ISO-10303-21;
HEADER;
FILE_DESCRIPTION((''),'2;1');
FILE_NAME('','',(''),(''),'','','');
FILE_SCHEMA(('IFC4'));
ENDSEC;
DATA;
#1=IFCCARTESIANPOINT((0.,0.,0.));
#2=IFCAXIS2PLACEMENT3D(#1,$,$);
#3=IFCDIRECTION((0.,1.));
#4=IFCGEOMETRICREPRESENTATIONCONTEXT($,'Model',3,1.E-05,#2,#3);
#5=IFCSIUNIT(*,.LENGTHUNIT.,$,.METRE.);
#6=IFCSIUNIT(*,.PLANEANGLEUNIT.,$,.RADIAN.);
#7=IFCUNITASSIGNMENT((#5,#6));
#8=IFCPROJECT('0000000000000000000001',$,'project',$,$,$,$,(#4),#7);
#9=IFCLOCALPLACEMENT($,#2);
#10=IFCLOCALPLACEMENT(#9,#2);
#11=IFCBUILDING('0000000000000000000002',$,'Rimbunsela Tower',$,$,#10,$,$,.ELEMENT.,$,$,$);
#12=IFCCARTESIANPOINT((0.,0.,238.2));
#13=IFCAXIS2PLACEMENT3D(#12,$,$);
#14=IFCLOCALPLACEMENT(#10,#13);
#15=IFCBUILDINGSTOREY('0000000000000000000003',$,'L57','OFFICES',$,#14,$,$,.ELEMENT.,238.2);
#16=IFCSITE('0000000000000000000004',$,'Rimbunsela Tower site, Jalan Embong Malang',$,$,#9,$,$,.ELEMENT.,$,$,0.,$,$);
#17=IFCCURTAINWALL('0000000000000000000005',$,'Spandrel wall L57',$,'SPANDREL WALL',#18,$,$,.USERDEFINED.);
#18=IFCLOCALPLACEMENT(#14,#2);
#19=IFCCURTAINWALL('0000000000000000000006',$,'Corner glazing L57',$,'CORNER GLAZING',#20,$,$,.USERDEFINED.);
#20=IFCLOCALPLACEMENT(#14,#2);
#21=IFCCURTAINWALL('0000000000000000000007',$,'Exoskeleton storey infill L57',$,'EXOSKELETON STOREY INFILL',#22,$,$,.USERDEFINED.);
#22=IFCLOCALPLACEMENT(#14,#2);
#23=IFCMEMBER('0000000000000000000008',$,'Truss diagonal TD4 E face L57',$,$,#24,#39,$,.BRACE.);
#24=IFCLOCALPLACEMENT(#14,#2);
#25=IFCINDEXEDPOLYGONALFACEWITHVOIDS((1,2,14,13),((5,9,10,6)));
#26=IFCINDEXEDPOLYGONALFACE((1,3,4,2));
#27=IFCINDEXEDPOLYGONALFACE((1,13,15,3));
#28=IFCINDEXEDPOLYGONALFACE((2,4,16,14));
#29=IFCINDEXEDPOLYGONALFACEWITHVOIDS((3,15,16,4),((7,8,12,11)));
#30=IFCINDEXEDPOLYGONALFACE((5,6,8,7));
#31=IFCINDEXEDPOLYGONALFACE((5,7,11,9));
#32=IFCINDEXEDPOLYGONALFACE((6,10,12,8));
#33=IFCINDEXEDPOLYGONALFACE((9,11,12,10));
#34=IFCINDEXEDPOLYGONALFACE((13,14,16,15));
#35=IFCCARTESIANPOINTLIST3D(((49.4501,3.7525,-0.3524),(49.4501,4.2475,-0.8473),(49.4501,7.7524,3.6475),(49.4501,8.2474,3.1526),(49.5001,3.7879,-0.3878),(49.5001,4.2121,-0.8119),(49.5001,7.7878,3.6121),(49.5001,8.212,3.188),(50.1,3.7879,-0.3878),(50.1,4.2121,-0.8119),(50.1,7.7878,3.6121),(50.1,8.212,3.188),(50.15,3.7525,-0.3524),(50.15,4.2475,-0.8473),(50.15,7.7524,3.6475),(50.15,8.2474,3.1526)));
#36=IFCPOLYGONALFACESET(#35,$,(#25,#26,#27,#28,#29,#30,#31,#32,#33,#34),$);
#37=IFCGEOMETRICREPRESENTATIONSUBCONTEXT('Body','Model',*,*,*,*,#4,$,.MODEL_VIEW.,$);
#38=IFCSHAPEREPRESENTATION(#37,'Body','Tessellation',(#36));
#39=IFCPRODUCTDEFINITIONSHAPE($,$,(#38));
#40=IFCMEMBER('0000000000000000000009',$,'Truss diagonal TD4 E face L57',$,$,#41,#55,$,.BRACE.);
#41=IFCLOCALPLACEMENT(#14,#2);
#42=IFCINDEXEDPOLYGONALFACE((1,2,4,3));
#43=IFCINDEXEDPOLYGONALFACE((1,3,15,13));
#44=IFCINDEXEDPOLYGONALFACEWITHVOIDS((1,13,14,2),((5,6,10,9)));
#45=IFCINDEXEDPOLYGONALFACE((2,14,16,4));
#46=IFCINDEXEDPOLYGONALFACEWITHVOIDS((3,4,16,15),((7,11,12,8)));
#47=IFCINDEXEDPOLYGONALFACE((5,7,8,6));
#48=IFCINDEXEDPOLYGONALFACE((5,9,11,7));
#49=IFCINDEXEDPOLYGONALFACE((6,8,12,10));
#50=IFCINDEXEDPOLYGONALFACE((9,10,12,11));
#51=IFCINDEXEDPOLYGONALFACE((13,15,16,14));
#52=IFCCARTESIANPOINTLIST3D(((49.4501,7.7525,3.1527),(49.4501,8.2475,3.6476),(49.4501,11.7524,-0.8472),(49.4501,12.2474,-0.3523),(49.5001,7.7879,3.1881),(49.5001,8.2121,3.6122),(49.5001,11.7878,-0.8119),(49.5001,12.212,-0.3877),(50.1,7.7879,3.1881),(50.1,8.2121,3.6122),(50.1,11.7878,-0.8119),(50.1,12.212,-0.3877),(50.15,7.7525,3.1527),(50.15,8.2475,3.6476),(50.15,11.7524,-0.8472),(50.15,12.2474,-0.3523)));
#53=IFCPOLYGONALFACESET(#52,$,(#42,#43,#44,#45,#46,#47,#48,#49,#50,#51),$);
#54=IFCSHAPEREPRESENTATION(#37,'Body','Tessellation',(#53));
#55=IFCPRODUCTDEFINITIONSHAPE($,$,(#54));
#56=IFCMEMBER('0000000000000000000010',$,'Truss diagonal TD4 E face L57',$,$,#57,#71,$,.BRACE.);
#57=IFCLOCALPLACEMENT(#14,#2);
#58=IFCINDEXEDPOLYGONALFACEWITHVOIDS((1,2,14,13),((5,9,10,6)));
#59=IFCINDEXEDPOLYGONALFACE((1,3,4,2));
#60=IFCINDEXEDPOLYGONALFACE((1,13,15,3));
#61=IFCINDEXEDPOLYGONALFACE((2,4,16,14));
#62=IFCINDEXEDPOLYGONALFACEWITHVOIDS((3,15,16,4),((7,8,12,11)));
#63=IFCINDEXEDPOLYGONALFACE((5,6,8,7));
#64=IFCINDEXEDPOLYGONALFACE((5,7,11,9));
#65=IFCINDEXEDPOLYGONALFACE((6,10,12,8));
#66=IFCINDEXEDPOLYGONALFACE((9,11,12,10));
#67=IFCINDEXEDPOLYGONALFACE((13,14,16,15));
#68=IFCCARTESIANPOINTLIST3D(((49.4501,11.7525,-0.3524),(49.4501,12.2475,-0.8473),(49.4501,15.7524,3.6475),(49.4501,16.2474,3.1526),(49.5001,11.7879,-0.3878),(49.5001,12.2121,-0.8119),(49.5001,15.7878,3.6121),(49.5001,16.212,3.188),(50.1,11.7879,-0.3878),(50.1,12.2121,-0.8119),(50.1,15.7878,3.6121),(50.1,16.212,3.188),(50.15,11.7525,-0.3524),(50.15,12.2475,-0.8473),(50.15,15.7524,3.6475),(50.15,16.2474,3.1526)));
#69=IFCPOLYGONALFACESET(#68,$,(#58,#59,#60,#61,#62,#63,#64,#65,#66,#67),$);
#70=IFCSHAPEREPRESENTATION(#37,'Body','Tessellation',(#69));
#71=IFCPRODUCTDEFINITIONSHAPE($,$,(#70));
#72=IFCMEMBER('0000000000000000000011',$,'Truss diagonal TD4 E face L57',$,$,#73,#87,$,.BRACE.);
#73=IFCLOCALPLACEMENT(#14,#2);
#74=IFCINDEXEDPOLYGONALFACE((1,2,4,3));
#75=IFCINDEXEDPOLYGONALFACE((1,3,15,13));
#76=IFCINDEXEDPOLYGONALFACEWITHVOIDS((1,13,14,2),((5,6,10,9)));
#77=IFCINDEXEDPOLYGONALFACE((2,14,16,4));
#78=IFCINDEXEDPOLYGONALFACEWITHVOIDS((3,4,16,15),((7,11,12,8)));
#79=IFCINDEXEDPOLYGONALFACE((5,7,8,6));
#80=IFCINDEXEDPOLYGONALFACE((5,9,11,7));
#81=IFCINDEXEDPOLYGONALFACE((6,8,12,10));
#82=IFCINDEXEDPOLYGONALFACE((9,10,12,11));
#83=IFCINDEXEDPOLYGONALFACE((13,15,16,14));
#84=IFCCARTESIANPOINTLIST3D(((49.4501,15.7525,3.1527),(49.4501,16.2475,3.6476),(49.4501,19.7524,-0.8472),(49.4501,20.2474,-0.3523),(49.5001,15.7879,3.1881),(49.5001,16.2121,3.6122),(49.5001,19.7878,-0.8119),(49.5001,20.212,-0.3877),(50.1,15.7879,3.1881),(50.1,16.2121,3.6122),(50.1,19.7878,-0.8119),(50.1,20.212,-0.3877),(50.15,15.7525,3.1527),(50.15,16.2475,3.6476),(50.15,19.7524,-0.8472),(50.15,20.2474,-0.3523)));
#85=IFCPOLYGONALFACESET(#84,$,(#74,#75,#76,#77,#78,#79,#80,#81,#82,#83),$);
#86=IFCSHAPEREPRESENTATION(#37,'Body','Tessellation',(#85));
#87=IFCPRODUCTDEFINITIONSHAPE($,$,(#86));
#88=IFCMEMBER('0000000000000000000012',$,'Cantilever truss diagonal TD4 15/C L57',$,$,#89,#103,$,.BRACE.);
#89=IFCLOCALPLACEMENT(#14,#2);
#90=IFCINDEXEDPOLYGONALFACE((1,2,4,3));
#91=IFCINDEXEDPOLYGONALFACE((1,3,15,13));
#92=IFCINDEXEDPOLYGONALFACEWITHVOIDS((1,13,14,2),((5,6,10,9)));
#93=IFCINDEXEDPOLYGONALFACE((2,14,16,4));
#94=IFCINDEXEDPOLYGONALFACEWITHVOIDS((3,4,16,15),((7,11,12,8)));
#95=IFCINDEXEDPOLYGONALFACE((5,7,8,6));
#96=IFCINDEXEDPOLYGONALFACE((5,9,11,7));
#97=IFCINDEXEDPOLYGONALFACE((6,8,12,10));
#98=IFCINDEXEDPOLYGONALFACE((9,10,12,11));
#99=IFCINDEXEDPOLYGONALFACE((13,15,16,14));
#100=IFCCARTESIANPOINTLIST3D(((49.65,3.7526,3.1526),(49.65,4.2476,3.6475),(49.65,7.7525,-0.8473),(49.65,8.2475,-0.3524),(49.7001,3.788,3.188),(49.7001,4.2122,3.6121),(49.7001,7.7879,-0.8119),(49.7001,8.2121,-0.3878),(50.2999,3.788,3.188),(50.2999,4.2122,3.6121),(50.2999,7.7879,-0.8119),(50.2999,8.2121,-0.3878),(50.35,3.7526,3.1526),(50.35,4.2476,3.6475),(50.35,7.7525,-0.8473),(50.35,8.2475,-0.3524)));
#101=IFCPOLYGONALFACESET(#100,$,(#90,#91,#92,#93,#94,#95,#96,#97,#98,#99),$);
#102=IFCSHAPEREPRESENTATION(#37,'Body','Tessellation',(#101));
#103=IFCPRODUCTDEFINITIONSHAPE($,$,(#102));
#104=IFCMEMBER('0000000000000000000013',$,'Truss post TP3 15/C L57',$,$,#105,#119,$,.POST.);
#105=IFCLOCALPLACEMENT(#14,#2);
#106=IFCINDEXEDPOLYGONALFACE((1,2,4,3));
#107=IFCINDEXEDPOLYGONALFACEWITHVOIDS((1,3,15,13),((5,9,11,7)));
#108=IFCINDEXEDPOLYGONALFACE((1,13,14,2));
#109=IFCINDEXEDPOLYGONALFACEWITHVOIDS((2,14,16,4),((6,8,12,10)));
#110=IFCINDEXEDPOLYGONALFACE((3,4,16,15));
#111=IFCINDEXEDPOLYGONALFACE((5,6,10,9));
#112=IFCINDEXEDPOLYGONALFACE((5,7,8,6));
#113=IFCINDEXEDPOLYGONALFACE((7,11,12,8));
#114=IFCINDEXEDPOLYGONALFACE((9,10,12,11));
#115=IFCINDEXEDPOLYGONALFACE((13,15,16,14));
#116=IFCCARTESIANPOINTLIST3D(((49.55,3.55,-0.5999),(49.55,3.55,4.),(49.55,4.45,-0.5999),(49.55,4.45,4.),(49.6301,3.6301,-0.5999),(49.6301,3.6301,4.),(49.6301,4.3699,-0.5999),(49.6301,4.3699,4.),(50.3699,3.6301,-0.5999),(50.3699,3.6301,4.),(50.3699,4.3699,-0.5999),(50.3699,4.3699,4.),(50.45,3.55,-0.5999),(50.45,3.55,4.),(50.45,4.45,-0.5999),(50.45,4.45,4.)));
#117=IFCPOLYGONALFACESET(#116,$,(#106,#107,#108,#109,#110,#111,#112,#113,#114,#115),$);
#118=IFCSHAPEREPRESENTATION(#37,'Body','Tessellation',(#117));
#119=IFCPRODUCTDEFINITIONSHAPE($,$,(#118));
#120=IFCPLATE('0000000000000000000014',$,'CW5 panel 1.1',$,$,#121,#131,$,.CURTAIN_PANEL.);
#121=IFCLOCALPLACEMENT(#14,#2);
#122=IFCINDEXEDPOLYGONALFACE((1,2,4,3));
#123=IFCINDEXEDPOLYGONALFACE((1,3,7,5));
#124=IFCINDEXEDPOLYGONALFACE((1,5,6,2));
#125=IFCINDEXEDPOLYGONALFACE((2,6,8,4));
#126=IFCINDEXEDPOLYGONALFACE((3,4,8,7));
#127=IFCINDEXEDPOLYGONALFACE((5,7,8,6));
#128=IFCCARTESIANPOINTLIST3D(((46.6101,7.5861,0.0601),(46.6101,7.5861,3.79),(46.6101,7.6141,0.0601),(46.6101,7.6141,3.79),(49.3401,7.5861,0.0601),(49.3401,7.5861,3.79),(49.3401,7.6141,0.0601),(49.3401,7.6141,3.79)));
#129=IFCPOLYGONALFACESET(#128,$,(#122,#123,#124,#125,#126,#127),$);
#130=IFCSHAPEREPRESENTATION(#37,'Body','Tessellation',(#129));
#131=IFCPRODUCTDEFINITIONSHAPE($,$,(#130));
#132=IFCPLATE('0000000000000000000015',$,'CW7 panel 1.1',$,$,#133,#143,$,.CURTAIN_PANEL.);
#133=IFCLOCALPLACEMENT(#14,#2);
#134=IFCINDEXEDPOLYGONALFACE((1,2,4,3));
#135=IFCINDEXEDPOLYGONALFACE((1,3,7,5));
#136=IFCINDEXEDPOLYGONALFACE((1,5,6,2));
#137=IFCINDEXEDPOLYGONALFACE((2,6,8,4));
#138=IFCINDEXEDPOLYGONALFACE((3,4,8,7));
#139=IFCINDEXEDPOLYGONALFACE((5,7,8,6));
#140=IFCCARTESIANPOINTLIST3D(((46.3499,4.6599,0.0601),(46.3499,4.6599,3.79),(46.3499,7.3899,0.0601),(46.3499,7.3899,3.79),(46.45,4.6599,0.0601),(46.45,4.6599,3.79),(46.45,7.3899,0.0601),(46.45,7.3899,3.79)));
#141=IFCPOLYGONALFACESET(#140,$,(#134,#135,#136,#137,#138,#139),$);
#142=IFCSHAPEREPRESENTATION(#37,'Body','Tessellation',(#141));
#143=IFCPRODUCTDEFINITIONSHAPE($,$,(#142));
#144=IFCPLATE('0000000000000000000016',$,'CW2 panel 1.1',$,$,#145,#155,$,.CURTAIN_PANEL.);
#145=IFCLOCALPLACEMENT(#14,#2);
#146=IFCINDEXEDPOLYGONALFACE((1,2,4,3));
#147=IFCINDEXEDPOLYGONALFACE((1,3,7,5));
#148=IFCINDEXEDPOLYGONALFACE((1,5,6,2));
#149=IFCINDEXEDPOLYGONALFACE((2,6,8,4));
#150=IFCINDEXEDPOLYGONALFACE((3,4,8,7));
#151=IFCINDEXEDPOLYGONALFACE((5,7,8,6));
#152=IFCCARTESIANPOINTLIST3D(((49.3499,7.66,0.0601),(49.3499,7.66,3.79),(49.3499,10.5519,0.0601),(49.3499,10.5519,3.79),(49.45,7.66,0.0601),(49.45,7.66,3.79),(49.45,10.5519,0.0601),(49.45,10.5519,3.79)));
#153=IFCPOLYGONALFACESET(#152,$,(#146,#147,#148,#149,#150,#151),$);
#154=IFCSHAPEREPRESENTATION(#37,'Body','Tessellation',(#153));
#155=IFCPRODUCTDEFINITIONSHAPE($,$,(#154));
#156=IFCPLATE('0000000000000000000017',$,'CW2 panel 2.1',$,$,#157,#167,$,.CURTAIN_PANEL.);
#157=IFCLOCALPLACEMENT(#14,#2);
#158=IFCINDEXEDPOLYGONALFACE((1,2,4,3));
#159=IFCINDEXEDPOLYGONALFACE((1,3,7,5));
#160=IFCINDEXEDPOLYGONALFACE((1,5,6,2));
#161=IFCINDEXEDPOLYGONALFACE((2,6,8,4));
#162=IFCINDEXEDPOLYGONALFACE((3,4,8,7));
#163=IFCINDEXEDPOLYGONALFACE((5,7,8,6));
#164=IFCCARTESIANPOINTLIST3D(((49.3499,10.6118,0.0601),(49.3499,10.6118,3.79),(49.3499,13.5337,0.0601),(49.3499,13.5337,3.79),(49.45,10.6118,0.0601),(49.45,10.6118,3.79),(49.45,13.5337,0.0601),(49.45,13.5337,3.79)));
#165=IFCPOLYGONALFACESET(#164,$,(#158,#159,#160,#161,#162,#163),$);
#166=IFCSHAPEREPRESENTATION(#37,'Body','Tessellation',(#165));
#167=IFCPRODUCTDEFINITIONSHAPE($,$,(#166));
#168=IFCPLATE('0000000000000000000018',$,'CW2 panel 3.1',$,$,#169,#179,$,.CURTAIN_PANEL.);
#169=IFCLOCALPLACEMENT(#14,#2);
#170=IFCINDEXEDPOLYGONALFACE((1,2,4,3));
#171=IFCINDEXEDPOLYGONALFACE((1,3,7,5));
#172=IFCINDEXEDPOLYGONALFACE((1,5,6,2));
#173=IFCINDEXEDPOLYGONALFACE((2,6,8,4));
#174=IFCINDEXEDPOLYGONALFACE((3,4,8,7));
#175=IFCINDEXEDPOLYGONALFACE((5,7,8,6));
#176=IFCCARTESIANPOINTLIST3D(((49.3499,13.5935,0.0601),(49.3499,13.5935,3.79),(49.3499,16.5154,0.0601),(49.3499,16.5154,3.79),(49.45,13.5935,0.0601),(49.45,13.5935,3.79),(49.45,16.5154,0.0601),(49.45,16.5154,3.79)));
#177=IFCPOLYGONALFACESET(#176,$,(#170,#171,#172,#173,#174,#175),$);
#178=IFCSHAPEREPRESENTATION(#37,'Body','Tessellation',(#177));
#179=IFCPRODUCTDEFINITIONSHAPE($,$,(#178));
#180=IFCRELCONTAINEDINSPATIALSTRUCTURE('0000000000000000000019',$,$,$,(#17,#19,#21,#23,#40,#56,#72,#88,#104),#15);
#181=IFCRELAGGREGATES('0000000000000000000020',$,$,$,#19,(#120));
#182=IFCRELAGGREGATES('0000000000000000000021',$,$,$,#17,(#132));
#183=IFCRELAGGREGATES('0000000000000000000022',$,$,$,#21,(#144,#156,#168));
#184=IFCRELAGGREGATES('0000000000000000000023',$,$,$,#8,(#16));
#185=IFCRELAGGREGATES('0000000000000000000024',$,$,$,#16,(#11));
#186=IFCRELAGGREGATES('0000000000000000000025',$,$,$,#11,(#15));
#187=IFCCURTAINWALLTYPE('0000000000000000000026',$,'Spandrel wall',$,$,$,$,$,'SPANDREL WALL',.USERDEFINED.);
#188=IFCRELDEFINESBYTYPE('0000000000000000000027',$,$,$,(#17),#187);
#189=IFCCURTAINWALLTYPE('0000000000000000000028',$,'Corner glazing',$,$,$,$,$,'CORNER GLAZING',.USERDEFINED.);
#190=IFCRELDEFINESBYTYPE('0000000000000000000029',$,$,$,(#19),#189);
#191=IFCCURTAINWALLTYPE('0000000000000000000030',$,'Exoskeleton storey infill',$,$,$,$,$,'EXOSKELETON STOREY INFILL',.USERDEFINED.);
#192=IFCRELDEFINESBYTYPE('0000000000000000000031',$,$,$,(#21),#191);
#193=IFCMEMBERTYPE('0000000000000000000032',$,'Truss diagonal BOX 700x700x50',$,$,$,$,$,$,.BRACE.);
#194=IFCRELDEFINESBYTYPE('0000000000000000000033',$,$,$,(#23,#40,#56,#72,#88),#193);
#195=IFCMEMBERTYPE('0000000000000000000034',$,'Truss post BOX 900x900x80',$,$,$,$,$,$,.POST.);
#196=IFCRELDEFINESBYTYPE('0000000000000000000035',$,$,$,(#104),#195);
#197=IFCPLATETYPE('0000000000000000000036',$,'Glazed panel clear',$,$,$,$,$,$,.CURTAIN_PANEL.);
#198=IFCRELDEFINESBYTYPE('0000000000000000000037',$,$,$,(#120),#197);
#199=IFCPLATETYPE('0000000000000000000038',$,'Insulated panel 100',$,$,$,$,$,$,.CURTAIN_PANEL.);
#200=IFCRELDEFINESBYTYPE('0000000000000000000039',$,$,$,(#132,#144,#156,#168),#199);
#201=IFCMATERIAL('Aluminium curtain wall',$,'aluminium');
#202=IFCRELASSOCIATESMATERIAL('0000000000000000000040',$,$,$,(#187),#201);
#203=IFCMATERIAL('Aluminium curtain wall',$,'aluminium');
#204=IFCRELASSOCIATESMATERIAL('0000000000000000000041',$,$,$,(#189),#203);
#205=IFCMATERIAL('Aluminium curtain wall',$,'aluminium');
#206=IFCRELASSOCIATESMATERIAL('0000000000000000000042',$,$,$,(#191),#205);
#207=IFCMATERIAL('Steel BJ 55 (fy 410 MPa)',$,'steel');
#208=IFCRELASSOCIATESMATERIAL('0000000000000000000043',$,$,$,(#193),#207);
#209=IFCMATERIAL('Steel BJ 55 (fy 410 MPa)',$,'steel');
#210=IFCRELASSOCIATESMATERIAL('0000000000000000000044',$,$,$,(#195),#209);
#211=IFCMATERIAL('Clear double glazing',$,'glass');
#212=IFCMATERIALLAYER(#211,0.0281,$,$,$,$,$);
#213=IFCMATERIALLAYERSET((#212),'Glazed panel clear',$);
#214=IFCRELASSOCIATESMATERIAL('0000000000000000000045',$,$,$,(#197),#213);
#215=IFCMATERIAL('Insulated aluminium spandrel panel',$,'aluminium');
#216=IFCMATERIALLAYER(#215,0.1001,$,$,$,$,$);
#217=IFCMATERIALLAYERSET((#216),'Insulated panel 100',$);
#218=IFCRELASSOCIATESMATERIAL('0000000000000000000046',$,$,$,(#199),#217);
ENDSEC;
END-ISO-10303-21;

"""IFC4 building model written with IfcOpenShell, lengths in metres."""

from ifc_helpers import new_model, si_unit, direction, frame, origin, origin_2d, place, context, subcontext, project, spatial, rectangle, hollow_rectangle, extrude, material, layer, layer_set, material_profile, profile_set, type_object, element, aggregate, save


model = new_model("IFC4")

# Units and contexts
model_context = context("Model", 3, precision=1e-05, world=origin(), true_north=direction((0.0, 1.0)))
body_context = subcontext(model_context, "Body", "Model", "MODEL_VIEW")
ifc_project = project(units=[si_unit("LENGTHUNIT", "METRE"), si_unit("PLANEANGLEUNIT", "RADIAN")], contexts=[model_context])

# Site, building, storey
site_placement = place(None, origin())
site = spatial("IfcSite", under=ifc_project, at=site_placement, Name="Rimbunsela Tower site, Jalan Embong Malang", CompositionType="ELEMENT", RefElevation=0.0)
building_placement = place(site_placement, origin())
building = spatial("IfcBuilding", under=site, at=building_placement, Name="Rimbunsela Tower", CompositionType="ELEMENT")
storey_placement = place(building_placement, frame((0.0, 0.0, 238.2)))
storey = spatial("IfcBuildingStorey", under=building, at=storey_placement, Name="L57", Description="OFFICES", CompositionType="ELEMENT", Elevation=238.2)

# Curtain wall
ifc_material_1 = material(Name="Aluminium curtain wall", Category="aluminium")
curtain_wall_type_1 = type_object("IfcCurtainWallType", Name="Spandrel wall", ElementType="SPANDREL WALL", PredefinedType="USERDEFINED", material=ifc_material_1)
curtain_wall_1_placement = place(storey_placement, origin())
curtain_wall_1 = element("IfcCurtainWall", 1, at=curtain_wall_1_placement, inside=storey, type_object=curtain_wall_type_1, Name="Spandrel wall L57", ObjectType="SPANDREL WALL", PredefinedType="USERDEFINED")

# Curtain walls
ifc_material_2 = material(Name="Aluminium curtain wall", Category="aluminium")
curtain_wall_type_2 = type_object("IfcCurtainWallType", Name="Corner glazing", ElementType="CORNER GLAZING", PredefinedType="USERDEFINED", material=ifc_material_2)
curtain_wall_2_placement = place(storey_placement, origin())
curtain_wall_2 = element("IfcCurtainWall", 2, at=curtain_wall_2_placement, inside=storey, type_object=curtain_wall_type_2, Name="Corner glazing L57", ObjectType="CORNER GLAZING", PredefinedType="USERDEFINED")
ifc_material_3 = material(Name="Aluminium curtain wall", Category="aluminium")
curtain_wall_type_3 = type_object("IfcCurtainWallType", Name="Exoskeleton storey infill", ElementType="EXOSKELETON STOREY INFILL", PredefinedType="USERDEFINED", material=ifc_material_3)
curtain_wall_3_placement = place(storey_placement, origin())
curtain_wall_3 = element("IfcCurtainWall", 3, at=curtain_wall_3_placement, inside=storey, type_object=curtain_wall_type_3, Name="Exoskeleton storey infill L57", ObjectType="EXOSKELETON STOREY INFILL", PredefinedType="USERDEFINED")

# Members
ifc_material_4 = material(Name="Steel BJ 55 (fy 410 MPa)", Category="steel")
ifc_material_profile_1 = material_profile(ifc_material_4, hollow_rectangle(XDim=0.7, YDim=0.7, WallThickness=0.05, at=origin_2d()), Name="BOX 700x700x50")
ifc_profile_set_1 = profile_set([ifc_material_profile_1], Name="Steel BJ 55 (fy 410 MPa)")
member_type_1 = type_object("IfcMemberType", Name="Truss diagonal BOX 700x700x50", PredefinedType="BRACE", material=ifc_profile_set_1)
for number, where, z_axis, x_axis, name in (
    (4, (49.8, 4.0, -0.5999), (0.0, 0.707107, 0.707107), (-1.0, 0.0, 0.0), "Truss diagonal TD4 E face L57"),
    (5, (49.8, 8.0, 3.4001), (0.0, 0.707107, -0.707107), (-1.0, 0.0, 0.0), "Truss diagonal TD4 E face L57"),
    (6, (49.8, 12.0, -0.5999), (0.0, 0.707107, 0.707107), (-1.0, 0.0, 0.0), "Truss diagonal TD4 E face L57"),
    (7, (49.8, 16.0, 3.4001), (0.0, 0.707107, -0.707107), (-1.0, 0.0, 0.0), "Truss diagonal TD4 E face L57"),
    (8, (50.0, 8.0, -0.5999), (0.0, -0.707107, 0.707107), (1.0, 0.0, 0.0), "Cantilever truss diagonal TD4 15/C L57"),
):
    element("IfcMember", number, at=place(storey_placement, frame(where, z_axis=z_axis, x_axis=x_axis)), inside=storey, type_object=member_type_1, Name=name, PredefinedType="BRACE", context=body_context, shape_type="SweptSolid", body=[
        extrude(hollow_rectangle(XDim=0.7, YDim=0.7, WallThickness=0.05, at=origin_2d()), origin(), (0.0, 0.0, 1.0), 5.6567),
    ])
ifc_material_5 = material(Name="Steel BJ 55 (fy 410 MPa)", Category="steel")
ifc_material_profile_2 = material_profile(ifc_material_5, hollow_rectangle(XDim=0.8999, YDim=0.8999, WallThickness=0.0801, at=origin_2d()), Name="BOX 900x900x80")
ifc_profile_set_2 = profile_set([ifc_material_profile_2], Name="Steel BJ 55 (fy 410 MPa)")
member_type_2 = type_object("IfcMemberType", Name="Truss post BOX 900x900x80", PredefinedType="POST", material=ifc_profile_set_2)
member_1_placement = place(storey_placement, frame((50.0, 4.0, -0.5999), z_axis=(0.0, 0.0, 1.0), x_axis=(1.0, 0.0, 0.0)))
element("IfcMember", 9, at=member_1_placement, inside=storey, type_object=member_type_2, Name="Truss post TP3 15/C L57", PredefinedType="POST", context=body_context, shape_type="SweptSolid", body=[
    extrude(hollow_rectangle(XDim=0.8999, YDim=0.8999, WallThickness=0.0801, at=origin_2d()), origin(), (0.0, 0.0, 1.0), 4.5999),
])

# Plates
ifc_material_6 = material(Name="Clear double glazing", Category="glass")
ifc_layer_1 = layer(ifc_material_6, 0.0281)
ifc_layer_set_1 = layer_set([ifc_layer_1], Name="Glazed panel clear")
plate_type_1 = type_object("IfcPlateType", Name="Glazed panel clear", PredefinedType="CURTAIN_PANEL", material=ifc_layer_set_1)
plate_1_placement = place(storey_placement, frame((47.9751, 7.6001, 0.0601), z_axis=(0.0, 0.0, 1.0), x_axis=(1.0, 0.0, 0.0)))
plate_1 = element("IfcPlate", 10, at=plate_1_placement, type_object=plate_type_1, Name="CW5 panel 1.1", PredefinedType="CURTAIN_PANEL", context=body_context, shape_type="SweptSolid", body=[
    extrude(rectangle(XDim=2.73, YDim=0.0281, at=origin_2d()), origin(), (0.0, 0.0, 1.0), 3.73),
])
aggregate(curtain_wall_2, [plate_1])
ifc_material_7 = material(Name="Insulated aluminium spandrel panel", Category="aluminium")
ifc_layer_2 = layer(ifc_material_7, 0.1001)
ifc_layer_set_2 = layer_set([ifc_layer_2], Name="Insulated panel 100")
plate_type_2 = type_object("IfcPlateType", Name="Insulated panel 100", PredefinedType="CURTAIN_PANEL", material=ifc_layer_set_2)
plate_2_placement = place(storey_placement, frame((46.3999, 6.0249, 0.0601), z_axis=(0.0, 0.0, 1.0), x_axis=(0.0, 1.0, 0.0)))
plate_2 = element("IfcPlate", 11, at=plate_2_placement, type_object=plate_type_2, Name="CW7 panel 1.1", PredefinedType="CURTAIN_PANEL", context=body_context, shape_type="SweptSolid", body=[
    extrude(rectangle(XDim=2.73, YDim=0.1001, at=origin_2d()), origin(), (0.0, 0.0, 1.0), 3.73),
])
aggregate(curtain_wall_1, [plate_2])
plate_3_placement = place(storey_placement, frame((49.3999, 9.106, 0.0601), z_axis=(0.0, 0.0, 1.0), x_axis=(0.0, 1.0, 0.0)))
plate_3 = element("IfcPlate", 12, at=plate_3_placement, type_object=plate_type_2, Name="CW2 panel 1.1", PredefinedType="CURTAIN_PANEL", context=body_context, shape_type="SweptSolid", body=[
    extrude(rectangle(XDim=2.8918, YDim=0.1001, at=origin_2d()), origin(), (0.0, 0.0, 1.0), 3.73),
])
plate_4_placement = place(storey_placement, frame((49.3999, 12.0728, 0.0601), z_axis=(0.0, 0.0, 1.0), x_axis=(0.0, 1.0, 0.0)))
plate_4 = element("IfcPlate", 13, at=plate_4_placement, type_object=plate_type_2, Name="CW2 panel 2.1", PredefinedType="CURTAIN_PANEL", context=body_context, shape_type="SweptSolid", body=[
    extrude(rectangle(XDim=2.9219, YDim=0.1001, at=origin_2d()), origin(), (0.0, 0.0, 1.0), 3.73),
])
plate_5_placement = place(storey_placement, frame((49.3999, 15.0544, 0.0601), z_axis=(0.0, 0.0, 1.0), x_axis=(0.0, 1.0, 0.0)))
plate_5 = element("IfcPlate", 14, at=plate_5_placement, type_object=plate_type_2, Name="CW2 panel 3.1", PredefinedType="CURTAIN_PANEL", context=body_context, shape_type="SweptSolid", body=[
    extrude(rectangle(XDim=2.9219, YDim=0.1001, at=origin_2d()), origin(), (0.0, 0.0, 1.0), 3.73),
])
aggregate(curtain_wall_3, [plate_3, plate_4, plate_5])

save(model, "model.ifc")
